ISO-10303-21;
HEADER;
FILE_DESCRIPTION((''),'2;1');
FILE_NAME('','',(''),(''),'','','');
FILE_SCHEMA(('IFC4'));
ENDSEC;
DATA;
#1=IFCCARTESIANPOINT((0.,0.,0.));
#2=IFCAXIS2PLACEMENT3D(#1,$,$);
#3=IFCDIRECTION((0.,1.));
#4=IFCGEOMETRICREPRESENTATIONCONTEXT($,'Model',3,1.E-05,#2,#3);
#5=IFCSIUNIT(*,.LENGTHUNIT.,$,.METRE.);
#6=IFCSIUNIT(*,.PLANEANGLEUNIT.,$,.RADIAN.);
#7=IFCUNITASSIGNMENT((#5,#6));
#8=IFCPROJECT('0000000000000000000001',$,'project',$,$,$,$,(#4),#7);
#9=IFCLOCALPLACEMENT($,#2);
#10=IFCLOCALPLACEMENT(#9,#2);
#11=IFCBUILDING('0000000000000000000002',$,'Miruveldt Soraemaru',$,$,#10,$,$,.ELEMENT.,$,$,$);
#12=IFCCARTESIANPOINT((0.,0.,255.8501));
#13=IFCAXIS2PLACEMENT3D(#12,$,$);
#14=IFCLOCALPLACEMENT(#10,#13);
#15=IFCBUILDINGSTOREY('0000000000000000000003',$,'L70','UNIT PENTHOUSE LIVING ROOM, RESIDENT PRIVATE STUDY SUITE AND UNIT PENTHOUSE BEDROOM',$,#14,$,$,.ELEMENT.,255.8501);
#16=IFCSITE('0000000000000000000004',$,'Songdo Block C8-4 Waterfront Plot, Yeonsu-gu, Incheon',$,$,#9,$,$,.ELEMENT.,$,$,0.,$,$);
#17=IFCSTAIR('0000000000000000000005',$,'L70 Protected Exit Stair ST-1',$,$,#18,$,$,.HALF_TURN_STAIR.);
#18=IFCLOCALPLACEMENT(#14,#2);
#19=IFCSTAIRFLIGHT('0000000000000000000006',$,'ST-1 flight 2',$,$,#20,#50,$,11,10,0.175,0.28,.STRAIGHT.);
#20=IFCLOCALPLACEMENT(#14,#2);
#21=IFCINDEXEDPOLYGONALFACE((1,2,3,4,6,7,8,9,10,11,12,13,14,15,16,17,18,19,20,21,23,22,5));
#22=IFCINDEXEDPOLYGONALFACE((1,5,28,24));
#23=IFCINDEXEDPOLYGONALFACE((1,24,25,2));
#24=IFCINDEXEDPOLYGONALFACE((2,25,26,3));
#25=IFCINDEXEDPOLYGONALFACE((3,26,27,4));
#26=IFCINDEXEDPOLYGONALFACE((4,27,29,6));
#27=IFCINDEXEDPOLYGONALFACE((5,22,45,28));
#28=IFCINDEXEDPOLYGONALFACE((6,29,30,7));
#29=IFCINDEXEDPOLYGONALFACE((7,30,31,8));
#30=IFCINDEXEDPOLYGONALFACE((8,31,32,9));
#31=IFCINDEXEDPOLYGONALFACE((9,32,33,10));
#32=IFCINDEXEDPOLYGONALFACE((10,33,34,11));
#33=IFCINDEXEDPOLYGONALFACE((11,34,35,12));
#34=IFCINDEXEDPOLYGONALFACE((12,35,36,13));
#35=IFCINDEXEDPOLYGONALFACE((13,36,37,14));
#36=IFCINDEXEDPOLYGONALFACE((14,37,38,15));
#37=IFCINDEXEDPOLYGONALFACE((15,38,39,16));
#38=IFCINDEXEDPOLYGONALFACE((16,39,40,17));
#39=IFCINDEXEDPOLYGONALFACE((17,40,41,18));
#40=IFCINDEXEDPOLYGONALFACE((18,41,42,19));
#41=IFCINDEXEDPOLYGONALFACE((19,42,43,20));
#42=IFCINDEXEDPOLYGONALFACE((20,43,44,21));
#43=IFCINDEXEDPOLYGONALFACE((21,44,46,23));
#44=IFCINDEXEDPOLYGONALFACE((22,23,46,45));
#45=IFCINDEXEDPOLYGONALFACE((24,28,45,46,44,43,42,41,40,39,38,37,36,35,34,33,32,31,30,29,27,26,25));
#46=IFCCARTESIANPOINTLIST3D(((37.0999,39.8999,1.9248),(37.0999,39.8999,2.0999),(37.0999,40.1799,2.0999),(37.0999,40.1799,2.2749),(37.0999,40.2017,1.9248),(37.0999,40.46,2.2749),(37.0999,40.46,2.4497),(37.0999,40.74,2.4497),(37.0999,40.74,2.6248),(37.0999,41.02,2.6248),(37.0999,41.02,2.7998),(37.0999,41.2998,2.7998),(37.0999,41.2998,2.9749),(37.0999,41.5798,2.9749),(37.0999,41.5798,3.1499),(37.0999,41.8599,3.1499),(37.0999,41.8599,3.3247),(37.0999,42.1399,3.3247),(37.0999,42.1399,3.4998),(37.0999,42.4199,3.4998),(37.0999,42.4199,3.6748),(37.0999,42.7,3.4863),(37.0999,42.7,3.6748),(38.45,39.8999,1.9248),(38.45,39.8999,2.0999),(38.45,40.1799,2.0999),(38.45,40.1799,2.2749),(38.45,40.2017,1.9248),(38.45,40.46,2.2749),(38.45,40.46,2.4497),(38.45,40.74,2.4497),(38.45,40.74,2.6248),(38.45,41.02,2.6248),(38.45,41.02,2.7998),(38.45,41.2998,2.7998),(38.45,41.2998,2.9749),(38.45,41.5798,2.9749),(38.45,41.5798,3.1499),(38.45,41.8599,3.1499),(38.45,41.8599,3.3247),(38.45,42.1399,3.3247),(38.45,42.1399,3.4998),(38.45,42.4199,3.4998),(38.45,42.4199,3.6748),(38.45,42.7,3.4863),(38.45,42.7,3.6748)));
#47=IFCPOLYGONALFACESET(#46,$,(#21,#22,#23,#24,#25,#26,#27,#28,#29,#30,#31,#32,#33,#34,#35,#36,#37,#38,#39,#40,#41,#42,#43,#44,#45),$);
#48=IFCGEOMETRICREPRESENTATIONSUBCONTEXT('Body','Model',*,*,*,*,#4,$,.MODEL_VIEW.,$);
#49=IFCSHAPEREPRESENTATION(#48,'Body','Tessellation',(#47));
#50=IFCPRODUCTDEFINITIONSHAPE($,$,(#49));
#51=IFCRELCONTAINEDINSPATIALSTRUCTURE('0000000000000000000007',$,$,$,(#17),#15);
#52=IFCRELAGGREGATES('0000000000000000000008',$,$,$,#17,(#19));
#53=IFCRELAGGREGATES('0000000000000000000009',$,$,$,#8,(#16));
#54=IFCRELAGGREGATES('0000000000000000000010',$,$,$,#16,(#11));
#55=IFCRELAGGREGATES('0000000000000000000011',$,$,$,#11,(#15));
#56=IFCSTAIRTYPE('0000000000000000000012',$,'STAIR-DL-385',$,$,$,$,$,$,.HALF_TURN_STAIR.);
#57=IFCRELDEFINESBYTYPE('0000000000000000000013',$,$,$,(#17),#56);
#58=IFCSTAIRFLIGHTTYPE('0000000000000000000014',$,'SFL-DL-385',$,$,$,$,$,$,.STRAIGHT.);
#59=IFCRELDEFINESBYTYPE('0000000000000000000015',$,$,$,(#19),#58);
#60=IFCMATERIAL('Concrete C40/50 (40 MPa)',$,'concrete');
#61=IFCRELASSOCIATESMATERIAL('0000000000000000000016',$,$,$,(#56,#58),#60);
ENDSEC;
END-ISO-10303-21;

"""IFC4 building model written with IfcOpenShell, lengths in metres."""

from ifc_helpers import new_model, si_unit, direction, frame, origin, place, context, subcontext, project, spatial, polyline, outline, extrude, material, type_object, element, aggregate, save


model = new_model("IFC4")

# Units and contexts
model_context = context("Model", 3, precision=1e-05, world=origin(), true_north=direction((0.0, 1.0)))
body_context = subcontext(model_context, "Body", "Model", "MODEL_VIEW")
ifc_project = project(units=[si_unit("LENGTHUNIT", "METRE"), si_unit("PLANEANGLEUNIT", "RADIAN")], contexts=[model_context])

# Site, building, storey
site_placement = place(None, origin())
site = spatial("IfcSite", under=ifc_project, at=site_placement, Name="Songdo Block C8-4 Waterfront Plot, Yeonsu-gu, Incheon", CompositionType="ELEMENT", RefElevation=0.0)
building_placement = place(site_placement, origin())
building = spatial("IfcBuilding", under=site, at=building_placement, Name="Miruveldt Soraemaru", CompositionType="ELEMENT")
storey_placement = place(building_placement, frame((0.0, 0.0, 255.8501)))
storey = spatial("IfcBuildingStorey", under=building, at=storey_placement, Name="L70", Description="UNIT PENTHOUSE LIVING ROOM, RESIDENT PRIVATE STUDY SUITE AND UNIT PENTHOUSE BEDROOM", CompositionType="ELEMENT", Elevation=255.8501)

# Shared definitions
ifc_material_1 = material(Name="Concrete C40/50 (40 MPa)", Category="concrete")

# Stair, stair flight
stair_type = type_object("IfcStairType", Name="STAIR-DL-385", PredefinedType="HALF_TURN_STAIR", material=ifc_material_1)
stair_placement = place(storey_placement, origin())
stair = element("IfcStair", 1, at=stair_placement, inside=storey, type_object=stair_type, Name="L70 Protected Exit Stair ST-1", PredefinedType="HALF_TURN_STAIR")
stair_flight_type = type_object("IfcStairFlightType", Name="SFL-DL-385", PredefinedType="STRAIGHT", material=ifc_material_1)
stair_flight_1_placement = place(storey_placement, frame((37.7749, 39.8999, 1.9248), z_axis=(0.0, 0.0, 1.0), x_axis=(0.0, 1.0, 0.0)))
stair_flight_1 = element("IfcStairFlight", 2, at=stair_flight_1_placement, type_object=stair_flight_type, Name="ST-1 flight 2", NumberOfRisers=11, NumberOfTreads=10, PredefinedType="STRAIGHT", RiserHeight=0.175, TreadLength=0.28, context=body_context, shape_type="SweptSolid", body=[
    extrude(outline(polyline([(0.0, 0.0), (0.0, 0.175), (0.28, 0.175), (0.28, 0.3501), (0.5601, 0.3501), (0.5601, 0.5249), (0.8401, 0.5249), (0.8401, 0.7), (1.1201, 0.7), (1.1201, 0.875), (1.3999, 0.875), (1.3999, 1.05), (1.6799, 1.05), (1.6799, 1.2251), (1.96, 1.2251), (1.96, 1.3999), (2.24, 1.3999), (2.24, 1.575), (2.52, 1.575), (2.52, 1.75), (2.8, 1.75), (2.8, 1.925), (2.8, 1.5615), (0.3018, 0.0), (0.0, 0.0)])), frame((0.0, 0.675, 0.0), z_axis=(0.0, -1.0, 0.0), x_axis=(1.0, 0.0, 0.0)), (0.0, 0.0, 1.0), 1.3501),
])
aggregate(stair, [stair_flight_1])

save(model, "model.ifc")
